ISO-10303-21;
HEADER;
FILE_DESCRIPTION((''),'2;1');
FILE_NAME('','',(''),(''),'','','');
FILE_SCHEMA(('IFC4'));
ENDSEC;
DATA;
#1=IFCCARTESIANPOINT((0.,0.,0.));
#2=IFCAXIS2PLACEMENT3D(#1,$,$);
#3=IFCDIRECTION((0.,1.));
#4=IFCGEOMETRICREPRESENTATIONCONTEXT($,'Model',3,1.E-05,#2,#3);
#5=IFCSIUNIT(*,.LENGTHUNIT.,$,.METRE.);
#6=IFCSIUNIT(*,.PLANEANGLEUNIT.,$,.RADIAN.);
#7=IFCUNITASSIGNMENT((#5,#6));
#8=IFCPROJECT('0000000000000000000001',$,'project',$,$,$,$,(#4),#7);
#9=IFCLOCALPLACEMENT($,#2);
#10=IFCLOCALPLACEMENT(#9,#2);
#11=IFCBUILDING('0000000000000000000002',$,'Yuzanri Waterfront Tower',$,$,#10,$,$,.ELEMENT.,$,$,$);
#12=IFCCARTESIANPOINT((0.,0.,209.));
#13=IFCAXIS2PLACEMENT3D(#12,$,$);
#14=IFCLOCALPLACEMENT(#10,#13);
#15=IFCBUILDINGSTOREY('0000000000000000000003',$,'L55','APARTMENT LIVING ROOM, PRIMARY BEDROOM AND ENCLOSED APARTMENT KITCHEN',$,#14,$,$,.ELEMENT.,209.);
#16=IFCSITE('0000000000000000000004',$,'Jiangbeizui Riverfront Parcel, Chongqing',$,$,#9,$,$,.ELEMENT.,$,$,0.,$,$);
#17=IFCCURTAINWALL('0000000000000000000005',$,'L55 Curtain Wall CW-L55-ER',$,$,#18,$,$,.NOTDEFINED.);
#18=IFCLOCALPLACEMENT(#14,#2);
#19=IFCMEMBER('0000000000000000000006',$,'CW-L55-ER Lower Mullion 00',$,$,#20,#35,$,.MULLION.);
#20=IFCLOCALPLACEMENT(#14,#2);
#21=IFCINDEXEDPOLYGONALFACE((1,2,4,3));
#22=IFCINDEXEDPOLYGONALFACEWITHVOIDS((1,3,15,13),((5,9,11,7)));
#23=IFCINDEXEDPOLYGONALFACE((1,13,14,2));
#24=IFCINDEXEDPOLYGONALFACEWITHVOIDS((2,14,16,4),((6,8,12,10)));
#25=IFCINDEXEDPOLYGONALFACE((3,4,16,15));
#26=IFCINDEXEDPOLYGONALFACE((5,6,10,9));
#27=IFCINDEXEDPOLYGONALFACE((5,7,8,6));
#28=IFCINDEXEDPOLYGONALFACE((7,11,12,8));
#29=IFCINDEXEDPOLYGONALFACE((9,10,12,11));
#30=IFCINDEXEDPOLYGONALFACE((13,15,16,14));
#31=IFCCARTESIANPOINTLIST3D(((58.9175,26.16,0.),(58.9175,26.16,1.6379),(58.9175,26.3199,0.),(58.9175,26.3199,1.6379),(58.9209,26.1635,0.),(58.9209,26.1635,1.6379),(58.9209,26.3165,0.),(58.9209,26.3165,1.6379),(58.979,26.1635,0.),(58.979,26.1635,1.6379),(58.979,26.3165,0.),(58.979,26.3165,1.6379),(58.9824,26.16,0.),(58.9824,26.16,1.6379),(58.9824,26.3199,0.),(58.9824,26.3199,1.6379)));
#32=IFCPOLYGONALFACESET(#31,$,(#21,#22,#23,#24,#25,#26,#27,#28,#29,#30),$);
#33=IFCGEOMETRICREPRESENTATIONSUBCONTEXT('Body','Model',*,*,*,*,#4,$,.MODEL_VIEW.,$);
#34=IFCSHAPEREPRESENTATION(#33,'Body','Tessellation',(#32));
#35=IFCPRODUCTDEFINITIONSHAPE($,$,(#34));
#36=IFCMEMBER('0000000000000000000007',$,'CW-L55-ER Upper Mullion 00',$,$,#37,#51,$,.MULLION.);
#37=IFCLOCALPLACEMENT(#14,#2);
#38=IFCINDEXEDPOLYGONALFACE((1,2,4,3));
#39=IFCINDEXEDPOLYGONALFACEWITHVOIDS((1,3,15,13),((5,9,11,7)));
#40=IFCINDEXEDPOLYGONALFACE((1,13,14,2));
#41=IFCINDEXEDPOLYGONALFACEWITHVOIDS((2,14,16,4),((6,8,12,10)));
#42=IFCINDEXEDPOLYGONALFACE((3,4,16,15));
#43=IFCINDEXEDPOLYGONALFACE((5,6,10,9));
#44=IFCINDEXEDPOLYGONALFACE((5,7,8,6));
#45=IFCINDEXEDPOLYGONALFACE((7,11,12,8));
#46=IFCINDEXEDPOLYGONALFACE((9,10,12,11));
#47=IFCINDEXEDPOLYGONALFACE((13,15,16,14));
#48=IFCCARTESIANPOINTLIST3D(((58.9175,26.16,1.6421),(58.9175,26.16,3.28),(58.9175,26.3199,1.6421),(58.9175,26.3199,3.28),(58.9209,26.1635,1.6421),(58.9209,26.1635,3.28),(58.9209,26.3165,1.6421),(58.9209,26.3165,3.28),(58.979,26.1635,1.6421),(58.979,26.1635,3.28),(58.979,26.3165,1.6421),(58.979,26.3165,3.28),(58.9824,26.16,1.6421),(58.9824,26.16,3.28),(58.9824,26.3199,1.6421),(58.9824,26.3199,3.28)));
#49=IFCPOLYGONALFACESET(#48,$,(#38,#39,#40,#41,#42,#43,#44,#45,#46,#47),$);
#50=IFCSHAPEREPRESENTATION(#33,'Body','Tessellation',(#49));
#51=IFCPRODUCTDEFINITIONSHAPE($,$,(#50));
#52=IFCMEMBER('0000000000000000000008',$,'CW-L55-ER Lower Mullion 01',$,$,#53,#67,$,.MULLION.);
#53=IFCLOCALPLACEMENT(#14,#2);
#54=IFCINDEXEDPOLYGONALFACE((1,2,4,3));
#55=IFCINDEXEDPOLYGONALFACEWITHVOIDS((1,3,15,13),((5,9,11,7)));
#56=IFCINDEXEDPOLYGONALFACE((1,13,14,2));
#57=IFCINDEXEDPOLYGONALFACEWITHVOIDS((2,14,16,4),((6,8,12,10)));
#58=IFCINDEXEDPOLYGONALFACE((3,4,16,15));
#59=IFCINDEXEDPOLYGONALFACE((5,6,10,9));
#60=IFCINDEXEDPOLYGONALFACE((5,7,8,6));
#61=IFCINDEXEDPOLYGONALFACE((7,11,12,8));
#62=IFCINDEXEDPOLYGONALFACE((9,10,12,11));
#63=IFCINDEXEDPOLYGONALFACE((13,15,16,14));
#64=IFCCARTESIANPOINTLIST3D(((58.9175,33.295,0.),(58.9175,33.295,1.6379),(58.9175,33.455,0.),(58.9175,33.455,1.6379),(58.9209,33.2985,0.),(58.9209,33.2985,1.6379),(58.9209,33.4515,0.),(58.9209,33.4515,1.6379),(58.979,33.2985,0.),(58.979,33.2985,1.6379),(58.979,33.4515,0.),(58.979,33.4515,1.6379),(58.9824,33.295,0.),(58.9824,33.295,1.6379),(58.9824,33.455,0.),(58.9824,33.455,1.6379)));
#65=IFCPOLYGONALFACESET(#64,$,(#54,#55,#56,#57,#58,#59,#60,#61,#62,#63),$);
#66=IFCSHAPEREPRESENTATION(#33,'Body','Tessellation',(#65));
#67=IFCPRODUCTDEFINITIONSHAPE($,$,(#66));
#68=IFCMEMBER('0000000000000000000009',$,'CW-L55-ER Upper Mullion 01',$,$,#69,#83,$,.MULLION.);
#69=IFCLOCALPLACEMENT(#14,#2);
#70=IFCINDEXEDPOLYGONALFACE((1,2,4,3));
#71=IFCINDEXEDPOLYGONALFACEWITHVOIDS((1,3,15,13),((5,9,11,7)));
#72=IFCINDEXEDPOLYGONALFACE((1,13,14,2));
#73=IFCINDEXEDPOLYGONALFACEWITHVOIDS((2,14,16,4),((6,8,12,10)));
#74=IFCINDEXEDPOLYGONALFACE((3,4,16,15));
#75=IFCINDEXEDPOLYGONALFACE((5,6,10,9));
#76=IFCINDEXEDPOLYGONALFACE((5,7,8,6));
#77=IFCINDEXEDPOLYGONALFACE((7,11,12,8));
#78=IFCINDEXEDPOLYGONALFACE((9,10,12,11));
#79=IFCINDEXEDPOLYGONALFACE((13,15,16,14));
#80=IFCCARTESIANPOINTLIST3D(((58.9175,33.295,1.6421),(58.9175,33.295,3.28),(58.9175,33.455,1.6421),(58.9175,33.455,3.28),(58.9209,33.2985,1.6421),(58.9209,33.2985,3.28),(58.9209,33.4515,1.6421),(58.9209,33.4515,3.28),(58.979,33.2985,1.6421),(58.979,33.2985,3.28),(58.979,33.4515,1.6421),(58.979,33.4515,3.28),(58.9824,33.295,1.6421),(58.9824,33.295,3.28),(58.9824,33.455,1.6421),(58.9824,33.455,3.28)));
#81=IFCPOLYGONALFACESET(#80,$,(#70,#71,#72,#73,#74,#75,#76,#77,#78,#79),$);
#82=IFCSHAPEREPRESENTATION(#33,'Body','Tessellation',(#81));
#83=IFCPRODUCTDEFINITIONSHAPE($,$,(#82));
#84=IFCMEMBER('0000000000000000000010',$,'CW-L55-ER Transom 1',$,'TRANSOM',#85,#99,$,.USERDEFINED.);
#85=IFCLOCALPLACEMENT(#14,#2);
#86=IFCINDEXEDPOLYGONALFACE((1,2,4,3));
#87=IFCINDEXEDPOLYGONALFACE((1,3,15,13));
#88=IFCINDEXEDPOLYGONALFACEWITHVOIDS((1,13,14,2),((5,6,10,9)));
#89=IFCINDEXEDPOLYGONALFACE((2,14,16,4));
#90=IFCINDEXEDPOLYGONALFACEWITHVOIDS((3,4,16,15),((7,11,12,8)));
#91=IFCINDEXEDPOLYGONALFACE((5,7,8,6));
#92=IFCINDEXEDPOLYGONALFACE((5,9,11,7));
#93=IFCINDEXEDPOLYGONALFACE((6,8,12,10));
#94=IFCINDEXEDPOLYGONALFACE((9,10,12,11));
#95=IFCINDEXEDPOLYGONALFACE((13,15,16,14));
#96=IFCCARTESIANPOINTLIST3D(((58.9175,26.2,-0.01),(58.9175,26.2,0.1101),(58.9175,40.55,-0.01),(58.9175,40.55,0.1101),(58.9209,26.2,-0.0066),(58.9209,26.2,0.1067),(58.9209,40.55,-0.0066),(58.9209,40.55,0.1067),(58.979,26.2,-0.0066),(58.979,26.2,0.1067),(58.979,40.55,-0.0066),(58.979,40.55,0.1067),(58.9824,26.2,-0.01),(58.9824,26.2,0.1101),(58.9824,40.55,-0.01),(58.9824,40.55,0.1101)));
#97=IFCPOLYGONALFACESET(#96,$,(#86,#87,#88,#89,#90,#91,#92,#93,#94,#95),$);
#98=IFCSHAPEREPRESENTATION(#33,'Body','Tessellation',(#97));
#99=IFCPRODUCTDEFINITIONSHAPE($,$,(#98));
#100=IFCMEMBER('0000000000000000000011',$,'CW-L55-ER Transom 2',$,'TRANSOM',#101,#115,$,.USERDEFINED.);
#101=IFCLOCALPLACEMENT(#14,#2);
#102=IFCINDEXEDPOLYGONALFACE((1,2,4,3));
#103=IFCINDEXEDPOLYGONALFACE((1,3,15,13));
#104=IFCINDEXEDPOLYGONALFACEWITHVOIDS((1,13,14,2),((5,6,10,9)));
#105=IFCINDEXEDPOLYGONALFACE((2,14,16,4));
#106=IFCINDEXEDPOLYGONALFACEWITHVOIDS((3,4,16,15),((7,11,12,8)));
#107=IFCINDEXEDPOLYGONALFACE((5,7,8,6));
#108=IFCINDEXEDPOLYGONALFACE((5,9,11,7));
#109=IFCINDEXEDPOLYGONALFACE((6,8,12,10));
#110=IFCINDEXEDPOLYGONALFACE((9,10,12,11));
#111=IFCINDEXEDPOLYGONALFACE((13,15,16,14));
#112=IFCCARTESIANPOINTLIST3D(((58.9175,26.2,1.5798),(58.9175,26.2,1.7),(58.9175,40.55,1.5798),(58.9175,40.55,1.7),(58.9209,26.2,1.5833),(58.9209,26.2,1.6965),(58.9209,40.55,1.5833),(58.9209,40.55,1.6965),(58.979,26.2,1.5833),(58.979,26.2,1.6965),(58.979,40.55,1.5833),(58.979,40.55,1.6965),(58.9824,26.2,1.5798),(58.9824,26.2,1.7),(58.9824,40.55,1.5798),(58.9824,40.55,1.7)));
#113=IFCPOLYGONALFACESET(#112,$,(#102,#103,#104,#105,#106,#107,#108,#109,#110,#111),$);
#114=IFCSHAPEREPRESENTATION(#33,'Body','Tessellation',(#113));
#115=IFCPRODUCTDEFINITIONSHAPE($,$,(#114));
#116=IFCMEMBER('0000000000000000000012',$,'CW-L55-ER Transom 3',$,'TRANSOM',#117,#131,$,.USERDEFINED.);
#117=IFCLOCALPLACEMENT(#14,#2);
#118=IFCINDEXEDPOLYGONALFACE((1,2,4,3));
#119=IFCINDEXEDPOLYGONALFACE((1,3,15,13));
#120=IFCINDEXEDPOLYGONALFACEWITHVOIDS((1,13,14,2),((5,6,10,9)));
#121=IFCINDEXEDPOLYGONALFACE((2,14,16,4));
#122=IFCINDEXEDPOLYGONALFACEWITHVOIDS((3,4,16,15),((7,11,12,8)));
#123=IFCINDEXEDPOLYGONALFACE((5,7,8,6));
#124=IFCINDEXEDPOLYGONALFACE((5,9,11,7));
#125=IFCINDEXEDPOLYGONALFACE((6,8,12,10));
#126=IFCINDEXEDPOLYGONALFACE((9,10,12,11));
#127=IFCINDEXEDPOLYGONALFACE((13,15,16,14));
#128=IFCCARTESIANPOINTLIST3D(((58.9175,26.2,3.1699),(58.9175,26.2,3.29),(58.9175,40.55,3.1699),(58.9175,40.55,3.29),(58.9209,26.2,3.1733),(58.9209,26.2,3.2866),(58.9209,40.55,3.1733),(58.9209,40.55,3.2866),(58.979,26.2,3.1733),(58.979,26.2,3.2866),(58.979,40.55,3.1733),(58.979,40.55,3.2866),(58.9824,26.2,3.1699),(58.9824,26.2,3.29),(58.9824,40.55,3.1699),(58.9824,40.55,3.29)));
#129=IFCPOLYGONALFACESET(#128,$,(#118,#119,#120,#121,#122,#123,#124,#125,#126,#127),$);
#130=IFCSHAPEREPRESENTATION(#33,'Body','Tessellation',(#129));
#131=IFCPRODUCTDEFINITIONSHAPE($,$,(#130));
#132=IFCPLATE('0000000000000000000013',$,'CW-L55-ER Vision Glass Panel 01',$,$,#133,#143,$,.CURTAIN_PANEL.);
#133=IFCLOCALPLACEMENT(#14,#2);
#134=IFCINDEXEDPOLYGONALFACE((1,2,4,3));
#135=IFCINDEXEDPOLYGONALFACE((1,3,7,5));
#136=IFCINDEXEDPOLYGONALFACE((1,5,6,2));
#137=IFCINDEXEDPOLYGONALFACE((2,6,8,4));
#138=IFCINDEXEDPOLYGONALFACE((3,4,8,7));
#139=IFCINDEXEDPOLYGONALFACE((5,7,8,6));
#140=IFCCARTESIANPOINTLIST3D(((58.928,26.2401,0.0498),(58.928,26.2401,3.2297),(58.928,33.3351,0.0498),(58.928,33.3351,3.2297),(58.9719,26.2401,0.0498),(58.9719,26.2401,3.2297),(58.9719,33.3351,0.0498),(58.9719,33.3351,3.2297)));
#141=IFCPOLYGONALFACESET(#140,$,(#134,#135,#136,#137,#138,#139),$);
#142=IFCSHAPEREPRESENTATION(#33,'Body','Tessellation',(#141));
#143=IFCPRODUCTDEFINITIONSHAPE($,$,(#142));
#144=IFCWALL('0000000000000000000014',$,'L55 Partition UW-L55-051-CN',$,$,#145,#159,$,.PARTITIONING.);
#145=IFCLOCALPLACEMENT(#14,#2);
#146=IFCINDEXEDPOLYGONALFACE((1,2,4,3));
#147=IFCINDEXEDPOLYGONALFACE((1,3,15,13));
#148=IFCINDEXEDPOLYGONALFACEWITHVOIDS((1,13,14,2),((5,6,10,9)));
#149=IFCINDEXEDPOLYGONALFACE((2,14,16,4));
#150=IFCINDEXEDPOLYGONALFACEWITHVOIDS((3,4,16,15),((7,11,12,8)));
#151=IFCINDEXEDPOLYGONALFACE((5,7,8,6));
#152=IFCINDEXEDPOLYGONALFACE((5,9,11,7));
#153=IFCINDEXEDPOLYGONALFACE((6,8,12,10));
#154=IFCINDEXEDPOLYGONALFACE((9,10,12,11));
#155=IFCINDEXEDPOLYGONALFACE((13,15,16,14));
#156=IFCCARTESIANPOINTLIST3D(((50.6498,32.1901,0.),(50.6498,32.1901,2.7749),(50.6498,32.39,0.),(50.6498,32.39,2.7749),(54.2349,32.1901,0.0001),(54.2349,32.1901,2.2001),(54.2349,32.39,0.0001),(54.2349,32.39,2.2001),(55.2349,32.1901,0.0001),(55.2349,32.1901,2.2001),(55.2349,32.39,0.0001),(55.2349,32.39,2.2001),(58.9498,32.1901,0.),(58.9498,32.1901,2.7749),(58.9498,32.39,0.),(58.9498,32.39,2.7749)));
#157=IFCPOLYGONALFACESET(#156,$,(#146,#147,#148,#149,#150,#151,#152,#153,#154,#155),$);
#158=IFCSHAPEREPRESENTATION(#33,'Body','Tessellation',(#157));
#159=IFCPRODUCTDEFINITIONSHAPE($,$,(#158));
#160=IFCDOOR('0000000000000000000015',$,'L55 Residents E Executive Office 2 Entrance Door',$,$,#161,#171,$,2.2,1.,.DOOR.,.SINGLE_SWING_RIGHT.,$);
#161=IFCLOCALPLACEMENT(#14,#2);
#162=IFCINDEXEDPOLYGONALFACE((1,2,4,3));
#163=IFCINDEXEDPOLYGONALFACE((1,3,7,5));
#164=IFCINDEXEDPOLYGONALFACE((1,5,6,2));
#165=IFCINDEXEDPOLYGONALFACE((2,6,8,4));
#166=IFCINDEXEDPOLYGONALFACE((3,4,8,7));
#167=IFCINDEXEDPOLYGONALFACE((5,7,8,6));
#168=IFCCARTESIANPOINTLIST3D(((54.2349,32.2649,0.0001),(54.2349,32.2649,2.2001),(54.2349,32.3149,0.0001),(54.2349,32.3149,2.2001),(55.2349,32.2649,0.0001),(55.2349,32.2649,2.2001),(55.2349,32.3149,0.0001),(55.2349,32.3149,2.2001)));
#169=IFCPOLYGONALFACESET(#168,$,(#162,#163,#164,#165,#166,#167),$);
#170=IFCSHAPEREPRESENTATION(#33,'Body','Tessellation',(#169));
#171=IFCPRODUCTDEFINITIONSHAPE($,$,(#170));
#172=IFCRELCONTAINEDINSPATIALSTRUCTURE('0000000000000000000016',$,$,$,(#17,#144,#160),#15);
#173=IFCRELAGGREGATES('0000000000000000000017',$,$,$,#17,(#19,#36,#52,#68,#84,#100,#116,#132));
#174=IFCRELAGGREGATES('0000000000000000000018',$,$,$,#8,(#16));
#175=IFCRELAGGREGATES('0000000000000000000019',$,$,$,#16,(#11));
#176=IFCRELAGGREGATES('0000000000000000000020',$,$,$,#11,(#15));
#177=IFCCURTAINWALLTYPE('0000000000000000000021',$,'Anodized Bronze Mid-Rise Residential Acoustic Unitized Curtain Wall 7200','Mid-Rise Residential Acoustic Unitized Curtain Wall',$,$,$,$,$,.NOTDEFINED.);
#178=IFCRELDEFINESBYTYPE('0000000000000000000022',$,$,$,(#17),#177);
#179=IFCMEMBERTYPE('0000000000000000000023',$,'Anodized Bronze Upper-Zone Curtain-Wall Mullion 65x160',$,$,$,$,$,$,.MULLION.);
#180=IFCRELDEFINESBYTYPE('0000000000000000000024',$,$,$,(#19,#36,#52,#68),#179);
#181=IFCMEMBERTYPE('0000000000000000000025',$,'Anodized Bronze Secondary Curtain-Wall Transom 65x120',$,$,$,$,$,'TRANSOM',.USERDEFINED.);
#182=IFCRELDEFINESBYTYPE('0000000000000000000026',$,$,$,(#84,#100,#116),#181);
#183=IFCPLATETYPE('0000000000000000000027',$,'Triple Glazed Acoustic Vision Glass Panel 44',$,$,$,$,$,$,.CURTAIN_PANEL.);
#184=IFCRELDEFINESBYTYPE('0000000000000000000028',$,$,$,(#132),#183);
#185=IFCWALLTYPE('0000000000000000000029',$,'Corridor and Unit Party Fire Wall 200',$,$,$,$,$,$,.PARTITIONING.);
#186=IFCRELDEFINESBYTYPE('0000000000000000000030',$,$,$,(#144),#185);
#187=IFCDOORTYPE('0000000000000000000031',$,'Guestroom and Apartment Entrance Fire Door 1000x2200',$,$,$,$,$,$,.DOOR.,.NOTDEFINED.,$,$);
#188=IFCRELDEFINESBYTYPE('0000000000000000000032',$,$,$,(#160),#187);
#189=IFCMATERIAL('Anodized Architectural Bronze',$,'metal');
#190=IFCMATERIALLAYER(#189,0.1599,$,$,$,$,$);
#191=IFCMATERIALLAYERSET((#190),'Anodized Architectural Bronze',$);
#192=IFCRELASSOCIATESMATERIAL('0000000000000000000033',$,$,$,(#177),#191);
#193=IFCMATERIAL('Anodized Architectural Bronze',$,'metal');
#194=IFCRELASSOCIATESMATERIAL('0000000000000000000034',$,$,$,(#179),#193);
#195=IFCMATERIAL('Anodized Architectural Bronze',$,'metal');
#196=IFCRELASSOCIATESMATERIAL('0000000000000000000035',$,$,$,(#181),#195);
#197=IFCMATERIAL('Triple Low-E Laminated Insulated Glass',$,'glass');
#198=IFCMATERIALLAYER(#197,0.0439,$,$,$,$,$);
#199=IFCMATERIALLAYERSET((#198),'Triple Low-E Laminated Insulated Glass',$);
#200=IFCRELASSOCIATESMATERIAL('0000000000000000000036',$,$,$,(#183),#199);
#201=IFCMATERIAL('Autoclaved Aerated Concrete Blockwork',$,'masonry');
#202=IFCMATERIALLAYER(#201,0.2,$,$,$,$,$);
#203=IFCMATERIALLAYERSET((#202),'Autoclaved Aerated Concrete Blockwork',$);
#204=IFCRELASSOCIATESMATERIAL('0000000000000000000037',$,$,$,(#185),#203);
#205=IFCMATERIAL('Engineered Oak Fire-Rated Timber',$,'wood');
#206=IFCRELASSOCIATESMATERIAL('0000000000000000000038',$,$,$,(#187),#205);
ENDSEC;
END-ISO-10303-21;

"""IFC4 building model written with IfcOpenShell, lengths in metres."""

from ifc_helpers import new_model, si_unit, direction, frame, frame_2d, origin, origin_2d, place, context, subcontext, project, spatial, rectangle, hollow_rectangle, extrude, source, transform, mapped, material, layer, layer_set, material_profile, profile_set, type_object, element, fill, aggregate, save


model = new_model("IFC4")

# Units and contexts
model_context = context("Model", 3, precision=1e-05, world=origin(), true_north=direction((0.0, 1.0)))
body_context = subcontext(model_context, "Body", "Model", "MODEL_VIEW")
ifc_project = project(units=[si_unit("LENGTHUNIT", "METRE"), si_unit("PLANEANGLEUNIT", "RADIAN")], contexts=[model_context])

# Site, building, storey
site_placement = place(None, origin())
site = spatial("IfcSite", under=ifc_project, at=site_placement, Name="Jiangbeizui Riverfront Parcel, Chongqing", CompositionType="ELEMENT", RefElevation=0.0)
building_placement = place(site_placement, origin())
building = spatial("IfcBuilding", under=site, at=building_placement, Name="Yuzanri Waterfront Tower", CompositionType="ELEMENT")
storey_placement = place(building_placement, frame((0.0, 0.0, 209.0)))
storey = spatial("IfcBuildingStorey", under=building, at=storey_placement, Name="L55", Description="APARTMENT LIVING ROOM, PRIMARY BEDROOM AND ENCLOSED APARTMENT KITCHEN", CompositionType="ELEMENT", Elevation=209.0)

# Shared definitions
ifc_material_1 = material(Name="Anodized Architectural Bronze", Category="metal")
ifc_layer_1 = layer(ifc_material_1, 0.1599)
ifc_layer_set_1 = layer_set([ifc_layer_1], Name="Anodized Architectural Bronze")
curtain_wall_type = type_object("IfcCurtainWallType", Name="Anodized Bronze Mid-Rise Residential Acoustic Unitized Curtain Wall 7200", Description="Mid-Rise Residential Acoustic Unitized Curtain Wall", PredefinedType="NOTDEFINED", material=ifc_layer_set_1)
ifc_material_2 = material(Name="Anodized Architectural Bronze", Category="metal")
ifc_material_profile_1 = material_profile(ifc_material_2, hollow_rectangle(XDim=0.0649, YDim=0.1599, WallThickness=0.0034, at=origin_2d()), Name="CWM 65x160")
ifc_profile_set_1 = profile_set([ifc_material_profile_1], Name="Anodized Architectural Bronze")
member_type_1 = type_object("IfcMemberType", Name="Anodized Bronze Upper-Zone Curtain-Wall Mullion 65x160", PredefinedType="MULLION", material=ifc_profile_set_1)
shared_shape_1 = source(origin(), body_context, "Body", "SweptSolid", [
    extrude(hollow_rectangle(XDim=0.0649, YDim=0.1599, WallThickness=0.0034, at=origin_2d()), origin(), (0.0, 0.0, 1.0), 1.6379),
])

# Curtain wall, members, plate
curtain_wall_1_placement = place(storey_placement, origin())
curtain_wall_1 = element("IfcCurtainWall", 1, at=curtain_wall_1_placement, inside=storey, type_object=curtain_wall_type, Name="L55 Curtain Wall CW-L55-ER", PredefinedType="NOTDEFINED")
member_1_placement = place(storey_placement, frame((58.95, 26.24, 0.0), z_axis=(0.0, 0.0, 1.0), x_axis=(1.0, 0.0, 0.0)))
member_1 = element("IfcMember", 2, at=member_1_placement, type_object=member_type_1, Name="CW-L55-ER Lower Mullion 00", PredefinedType="MULLION", context=body_context, shape_type="MappedRepresentation", body=[
    mapped(shared_shape_1, transform((0.0, 0.0, 0.0), scale=1.0)),
])
member_2_placement = place(storey_placement, frame((58.95, 26.24, 1.6421), z_axis=(0.0, 0.0, 1.0), x_axis=(1.0, 0.0, 0.0)))
member_2 = element("IfcMember", 3, at=member_2_placement, type_object=member_type_1, Name="CW-L55-ER Upper Mullion 00", PredefinedType="MULLION", context=body_context, shape_type="MappedRepresentation", body=[
    mapped(shared_shape_1, transform((0.0, 0.0, 0.0), scale=1.0)),
])
member_3_placement = place(storey_placement, frame((58.95, 33.375, 0.0), z_axis=(0.0, 0.0, 1.0), x_axis=(1.0, 0.0, 0.0)))
member_3 = element("IfcMember", 4, at=member_3_placement, type_object=member_type_1, Name="CW-L55-ER Lower Mullion 01", PredefinedType="MULLION", context=body_context, shape_type="MappedRepresentation", body=[
    mapped(shared_shape_1, transform((0.0, 0.0, 0.0), scale=1.0)),
])
member_4_placement = place(storey_placement, frame((58.95, 33.375, 1.6421), z_axis=(0.0, 0.0, 1.0), x_axis=(1.0, 0.0, 0.0)))
member_4 = element("IfcMember", 5, at=member_4_placement, type_object=member_type_1, Name="CW-L55-ER Upper Mullion 01", PredefinedType="MULLION", context=body_context, shape_type="MappedRepresentation", body=[
    mapped(shared_shape_1, transform((0.0, 0.0, 0.0), scale=1.0)),
])
ifc_material_3 = material(Name="Anodized Architectural Bronze", Category="metal")
ifc_material_profile_2 = material_profile(ifc_material_3, hollow_rectangle(XDim=0.0649, YDim=0.1201, WallThickness=0.0034, at=origin_2d()), Name="CWT 65x120")
ifc_profile_set_2 = profile_set([ifc_material_profile_2], Name="Anodized Architectural Bronze")
member_type_2 = type_object("IfcMemberType", Name="Anodized Bronze Secondary Curtain-Wall Transom 65x120", ElementType="TRANSOM", PredefinedType="USERDEFINED", material=ifc_profile_set_2)
shared_shape_2 = source(origin(), body_context, "Body", "SweptSolid", [
    extrude(hollow_rectangle(XDim=0.0649, YDim=0.1201, WallThickness=0.0034, at=origin_2d()), origin(), (0.0, 0.0, 1.0), 14.3501),
])
member_5_placement = place(storey_placement, frame((58.95, 26.2, 0.05), z_axis=(0.0, 1.0, 0.0), x_axis=(-1.0, 0.0, 0.0)))
member_5 = element("IfcMember", 6, at=member_5_placement, type_object=member_type_2, Name="CW-L55-ER Transom 1", ObjectType="TRANSOM", PredefinedType="USERDEFINED", context=body_context, shape_type="MappedRepresentation", body=[
    mapped(shared_shape_2, transform((0.0, 0.0, 0.0), scale=1.0)),
])
member_6_placement = place(storey_placement, frame((58.95, 26.2, 1.6399), z_axis=(0.0, 1.0, 0.0), x_axis=(-1.0, 0.0, 0.0)))
member_6 = element("IfcMember", 7, at=member_6_placement, type_object=member_type_2, Name="CW-L55-ER Transom 2", ObjectType="TRANSOM", PredefinedType="USERDEFINED", context=body_context, shape_type="MappedRepresentation", body=[
    mapped(shared_shape_2, transform((0.0, 0.0, 0.0), scale=1.0)),
])
member_7_placement = place(storey_placement, frame((58.95, 26.2, 3.23), z_axis=(0.0, 1.0, 0.0), x_axis=(-1.0, 0.0, 0.0)))
member_7 = element("IfcMember", 8, at=member_7_placement, type_object=member_type_2, Name="CW-L55-ER Transom 3", ObjectType="TRANSOM", PredefinedType="USERDEFINED", context=body_context, shape_type="MappedRepresentation", body=[
    mapped(shared_shape_2, transform((0.0, 0.0, 0.0), scale=1.0)),
])
ifc_material_4 = material(Name="Triple Low-E Laminated Insulated Glass", Category="glass")
ifc_layer_2 = layer(ifc_material_4, 0.0439)
ifc_layer_set_2 = layer_set([ifc_layer_2], Name="Triple Low-E Laminated Insulated Glass")
plate_type = type_object("IfcPlateType", Name="Triple Glazed Acoustic Vision Glass Panel 44", PredefinedType="CURTAIN_PANEL", material=ifc_layer_set_2)
shared_shape_3 = source(origin(), body_context, "Body", "SweptSolid", [
    extrude(rectangle(XDim=7.095, YDim=0.0439, at=origin_2d()), origin(), (0.0, 0.0, 1.0), 3.1799),
])
plate_placement = place(storey_placement, frame((58.95, 29.7876, 0.0498), z_axis=(0.0, 0.0, 1.0), x_axis=(0.0, 1.0, 0.0)))
plate = element("IfcPlate", 9, at=plate_placement, type_object=plate_type, Name="CW-L55-ER Vision Glass Panel 01", PredefinedType="CURTAIN_PANEL", context=body_context, shape_type="MappedRepresentation", body=[
    mapped(shared_shape_3, transform((0.0, 0.0, 0.0), scale=1.0)),
])
aggregate(curtain_wall_1, [member_1, member_2, member_3, member_4, member_5, member_6, member_7, plate])

# Wall, opening, door
ifc_material_5 = material(Name="Autoclaved Aerated Concrete Blockwork", Category="masonry")
ifc_layer_3 = layer(ifc_material_5, 0.2)
ifc_layer_set_3 = layer_set([ifc_layer_3], Name="Autoclaved Aerated Concrete Blockwork")
wall_type = type_object("IfcWallType", Name="Corridor and Unit Party Fire Wall 200", PredefinedType="PARTITIONING", material=ifc_layer_set_3)
wall_1_placement = place(storey_placement, frame((50.6499, 32.29, 0.0), z_axis=(0.0, 0.0, 1.0), x_axis=(1.0, 0.0, 0.0)))
wall_1 = element("IfcWall", 10, at=wall_1_placement, inside=storey, type_object=wall_type, Name="L55 Partition UW-L55-051-CN", PredefinedType="PARTITIONING", context=body_context, shape_type="SweptSolid", body=[
    extrude(rectangle(XDim=8.3, YDim=0.2, at=frame_2d((4.1499, 0.0))), origin(), (0.0, 0.0, 1.0), 2.7749),
])
opening_placement = place(wall_1_placement, frame((3.585, 0.0, 0.0)))
opening = element("IfcOpeningElement", 11, at=opening_placement, cuts=wall_1, PredefinedType="OPENING", context=body_context, shape_type="SweptSolid", body=[
    extrude(rectangle(XDim=1.0, YDim=2.2, at=frame_2d((0.5, 1.1001))), frame((0.0, 0.1147, 0.0), z_axis=(0.0, -1.0, 0.0), x_axis=(1.0, 0.0, 0.0)), (0.0, 0.0, 1.0), 0.2297),
])
ifc_material_6 = material(Name="Engineered Oak Fire-Rated Timber", Category="wood")
door_type = type_object("IfcDoorType", Name="Guestroom and Apartment Entrance Fire Door 1000x2200", OperationType="NOTDEFINED", PredefinedType="DOOR", material=ifc_material_6)
shared_shape_4 = source(origin(), body_context, "Body", "SweptSolid", [
    extrude(rectangle(XDim=1.0, YDim=2.2, at=frame_2d((0.5, 1.1001))), frame((0.0, 0.0249, 0.0), z_axis=(0.0, -1.0, 0.0), x_axis=(1.0, 0.0, 0.0)), (0.0, 0.0, 1.0), 0.05),
])
door_placement = place(opening_placement, origin())
door = element("IfcDoor", 12, at=door_placement, inside=storey, type_object=door_type, Name="L55 Residents E Executive Office 2 Entrance Door", OperationType="SINGLE_SWING_RIGHT", OverallHeight=2.2, OverallWidth=1.0, PredefinedType="DOOR", context=body_context, shape_type="MappedRepresentation", body=[
    mapped(shared_shape_4, transform((0.0, 0.0, 0.0), scale=1.0)),
])
fill(opening, door)

save(model, "model.ifc")
